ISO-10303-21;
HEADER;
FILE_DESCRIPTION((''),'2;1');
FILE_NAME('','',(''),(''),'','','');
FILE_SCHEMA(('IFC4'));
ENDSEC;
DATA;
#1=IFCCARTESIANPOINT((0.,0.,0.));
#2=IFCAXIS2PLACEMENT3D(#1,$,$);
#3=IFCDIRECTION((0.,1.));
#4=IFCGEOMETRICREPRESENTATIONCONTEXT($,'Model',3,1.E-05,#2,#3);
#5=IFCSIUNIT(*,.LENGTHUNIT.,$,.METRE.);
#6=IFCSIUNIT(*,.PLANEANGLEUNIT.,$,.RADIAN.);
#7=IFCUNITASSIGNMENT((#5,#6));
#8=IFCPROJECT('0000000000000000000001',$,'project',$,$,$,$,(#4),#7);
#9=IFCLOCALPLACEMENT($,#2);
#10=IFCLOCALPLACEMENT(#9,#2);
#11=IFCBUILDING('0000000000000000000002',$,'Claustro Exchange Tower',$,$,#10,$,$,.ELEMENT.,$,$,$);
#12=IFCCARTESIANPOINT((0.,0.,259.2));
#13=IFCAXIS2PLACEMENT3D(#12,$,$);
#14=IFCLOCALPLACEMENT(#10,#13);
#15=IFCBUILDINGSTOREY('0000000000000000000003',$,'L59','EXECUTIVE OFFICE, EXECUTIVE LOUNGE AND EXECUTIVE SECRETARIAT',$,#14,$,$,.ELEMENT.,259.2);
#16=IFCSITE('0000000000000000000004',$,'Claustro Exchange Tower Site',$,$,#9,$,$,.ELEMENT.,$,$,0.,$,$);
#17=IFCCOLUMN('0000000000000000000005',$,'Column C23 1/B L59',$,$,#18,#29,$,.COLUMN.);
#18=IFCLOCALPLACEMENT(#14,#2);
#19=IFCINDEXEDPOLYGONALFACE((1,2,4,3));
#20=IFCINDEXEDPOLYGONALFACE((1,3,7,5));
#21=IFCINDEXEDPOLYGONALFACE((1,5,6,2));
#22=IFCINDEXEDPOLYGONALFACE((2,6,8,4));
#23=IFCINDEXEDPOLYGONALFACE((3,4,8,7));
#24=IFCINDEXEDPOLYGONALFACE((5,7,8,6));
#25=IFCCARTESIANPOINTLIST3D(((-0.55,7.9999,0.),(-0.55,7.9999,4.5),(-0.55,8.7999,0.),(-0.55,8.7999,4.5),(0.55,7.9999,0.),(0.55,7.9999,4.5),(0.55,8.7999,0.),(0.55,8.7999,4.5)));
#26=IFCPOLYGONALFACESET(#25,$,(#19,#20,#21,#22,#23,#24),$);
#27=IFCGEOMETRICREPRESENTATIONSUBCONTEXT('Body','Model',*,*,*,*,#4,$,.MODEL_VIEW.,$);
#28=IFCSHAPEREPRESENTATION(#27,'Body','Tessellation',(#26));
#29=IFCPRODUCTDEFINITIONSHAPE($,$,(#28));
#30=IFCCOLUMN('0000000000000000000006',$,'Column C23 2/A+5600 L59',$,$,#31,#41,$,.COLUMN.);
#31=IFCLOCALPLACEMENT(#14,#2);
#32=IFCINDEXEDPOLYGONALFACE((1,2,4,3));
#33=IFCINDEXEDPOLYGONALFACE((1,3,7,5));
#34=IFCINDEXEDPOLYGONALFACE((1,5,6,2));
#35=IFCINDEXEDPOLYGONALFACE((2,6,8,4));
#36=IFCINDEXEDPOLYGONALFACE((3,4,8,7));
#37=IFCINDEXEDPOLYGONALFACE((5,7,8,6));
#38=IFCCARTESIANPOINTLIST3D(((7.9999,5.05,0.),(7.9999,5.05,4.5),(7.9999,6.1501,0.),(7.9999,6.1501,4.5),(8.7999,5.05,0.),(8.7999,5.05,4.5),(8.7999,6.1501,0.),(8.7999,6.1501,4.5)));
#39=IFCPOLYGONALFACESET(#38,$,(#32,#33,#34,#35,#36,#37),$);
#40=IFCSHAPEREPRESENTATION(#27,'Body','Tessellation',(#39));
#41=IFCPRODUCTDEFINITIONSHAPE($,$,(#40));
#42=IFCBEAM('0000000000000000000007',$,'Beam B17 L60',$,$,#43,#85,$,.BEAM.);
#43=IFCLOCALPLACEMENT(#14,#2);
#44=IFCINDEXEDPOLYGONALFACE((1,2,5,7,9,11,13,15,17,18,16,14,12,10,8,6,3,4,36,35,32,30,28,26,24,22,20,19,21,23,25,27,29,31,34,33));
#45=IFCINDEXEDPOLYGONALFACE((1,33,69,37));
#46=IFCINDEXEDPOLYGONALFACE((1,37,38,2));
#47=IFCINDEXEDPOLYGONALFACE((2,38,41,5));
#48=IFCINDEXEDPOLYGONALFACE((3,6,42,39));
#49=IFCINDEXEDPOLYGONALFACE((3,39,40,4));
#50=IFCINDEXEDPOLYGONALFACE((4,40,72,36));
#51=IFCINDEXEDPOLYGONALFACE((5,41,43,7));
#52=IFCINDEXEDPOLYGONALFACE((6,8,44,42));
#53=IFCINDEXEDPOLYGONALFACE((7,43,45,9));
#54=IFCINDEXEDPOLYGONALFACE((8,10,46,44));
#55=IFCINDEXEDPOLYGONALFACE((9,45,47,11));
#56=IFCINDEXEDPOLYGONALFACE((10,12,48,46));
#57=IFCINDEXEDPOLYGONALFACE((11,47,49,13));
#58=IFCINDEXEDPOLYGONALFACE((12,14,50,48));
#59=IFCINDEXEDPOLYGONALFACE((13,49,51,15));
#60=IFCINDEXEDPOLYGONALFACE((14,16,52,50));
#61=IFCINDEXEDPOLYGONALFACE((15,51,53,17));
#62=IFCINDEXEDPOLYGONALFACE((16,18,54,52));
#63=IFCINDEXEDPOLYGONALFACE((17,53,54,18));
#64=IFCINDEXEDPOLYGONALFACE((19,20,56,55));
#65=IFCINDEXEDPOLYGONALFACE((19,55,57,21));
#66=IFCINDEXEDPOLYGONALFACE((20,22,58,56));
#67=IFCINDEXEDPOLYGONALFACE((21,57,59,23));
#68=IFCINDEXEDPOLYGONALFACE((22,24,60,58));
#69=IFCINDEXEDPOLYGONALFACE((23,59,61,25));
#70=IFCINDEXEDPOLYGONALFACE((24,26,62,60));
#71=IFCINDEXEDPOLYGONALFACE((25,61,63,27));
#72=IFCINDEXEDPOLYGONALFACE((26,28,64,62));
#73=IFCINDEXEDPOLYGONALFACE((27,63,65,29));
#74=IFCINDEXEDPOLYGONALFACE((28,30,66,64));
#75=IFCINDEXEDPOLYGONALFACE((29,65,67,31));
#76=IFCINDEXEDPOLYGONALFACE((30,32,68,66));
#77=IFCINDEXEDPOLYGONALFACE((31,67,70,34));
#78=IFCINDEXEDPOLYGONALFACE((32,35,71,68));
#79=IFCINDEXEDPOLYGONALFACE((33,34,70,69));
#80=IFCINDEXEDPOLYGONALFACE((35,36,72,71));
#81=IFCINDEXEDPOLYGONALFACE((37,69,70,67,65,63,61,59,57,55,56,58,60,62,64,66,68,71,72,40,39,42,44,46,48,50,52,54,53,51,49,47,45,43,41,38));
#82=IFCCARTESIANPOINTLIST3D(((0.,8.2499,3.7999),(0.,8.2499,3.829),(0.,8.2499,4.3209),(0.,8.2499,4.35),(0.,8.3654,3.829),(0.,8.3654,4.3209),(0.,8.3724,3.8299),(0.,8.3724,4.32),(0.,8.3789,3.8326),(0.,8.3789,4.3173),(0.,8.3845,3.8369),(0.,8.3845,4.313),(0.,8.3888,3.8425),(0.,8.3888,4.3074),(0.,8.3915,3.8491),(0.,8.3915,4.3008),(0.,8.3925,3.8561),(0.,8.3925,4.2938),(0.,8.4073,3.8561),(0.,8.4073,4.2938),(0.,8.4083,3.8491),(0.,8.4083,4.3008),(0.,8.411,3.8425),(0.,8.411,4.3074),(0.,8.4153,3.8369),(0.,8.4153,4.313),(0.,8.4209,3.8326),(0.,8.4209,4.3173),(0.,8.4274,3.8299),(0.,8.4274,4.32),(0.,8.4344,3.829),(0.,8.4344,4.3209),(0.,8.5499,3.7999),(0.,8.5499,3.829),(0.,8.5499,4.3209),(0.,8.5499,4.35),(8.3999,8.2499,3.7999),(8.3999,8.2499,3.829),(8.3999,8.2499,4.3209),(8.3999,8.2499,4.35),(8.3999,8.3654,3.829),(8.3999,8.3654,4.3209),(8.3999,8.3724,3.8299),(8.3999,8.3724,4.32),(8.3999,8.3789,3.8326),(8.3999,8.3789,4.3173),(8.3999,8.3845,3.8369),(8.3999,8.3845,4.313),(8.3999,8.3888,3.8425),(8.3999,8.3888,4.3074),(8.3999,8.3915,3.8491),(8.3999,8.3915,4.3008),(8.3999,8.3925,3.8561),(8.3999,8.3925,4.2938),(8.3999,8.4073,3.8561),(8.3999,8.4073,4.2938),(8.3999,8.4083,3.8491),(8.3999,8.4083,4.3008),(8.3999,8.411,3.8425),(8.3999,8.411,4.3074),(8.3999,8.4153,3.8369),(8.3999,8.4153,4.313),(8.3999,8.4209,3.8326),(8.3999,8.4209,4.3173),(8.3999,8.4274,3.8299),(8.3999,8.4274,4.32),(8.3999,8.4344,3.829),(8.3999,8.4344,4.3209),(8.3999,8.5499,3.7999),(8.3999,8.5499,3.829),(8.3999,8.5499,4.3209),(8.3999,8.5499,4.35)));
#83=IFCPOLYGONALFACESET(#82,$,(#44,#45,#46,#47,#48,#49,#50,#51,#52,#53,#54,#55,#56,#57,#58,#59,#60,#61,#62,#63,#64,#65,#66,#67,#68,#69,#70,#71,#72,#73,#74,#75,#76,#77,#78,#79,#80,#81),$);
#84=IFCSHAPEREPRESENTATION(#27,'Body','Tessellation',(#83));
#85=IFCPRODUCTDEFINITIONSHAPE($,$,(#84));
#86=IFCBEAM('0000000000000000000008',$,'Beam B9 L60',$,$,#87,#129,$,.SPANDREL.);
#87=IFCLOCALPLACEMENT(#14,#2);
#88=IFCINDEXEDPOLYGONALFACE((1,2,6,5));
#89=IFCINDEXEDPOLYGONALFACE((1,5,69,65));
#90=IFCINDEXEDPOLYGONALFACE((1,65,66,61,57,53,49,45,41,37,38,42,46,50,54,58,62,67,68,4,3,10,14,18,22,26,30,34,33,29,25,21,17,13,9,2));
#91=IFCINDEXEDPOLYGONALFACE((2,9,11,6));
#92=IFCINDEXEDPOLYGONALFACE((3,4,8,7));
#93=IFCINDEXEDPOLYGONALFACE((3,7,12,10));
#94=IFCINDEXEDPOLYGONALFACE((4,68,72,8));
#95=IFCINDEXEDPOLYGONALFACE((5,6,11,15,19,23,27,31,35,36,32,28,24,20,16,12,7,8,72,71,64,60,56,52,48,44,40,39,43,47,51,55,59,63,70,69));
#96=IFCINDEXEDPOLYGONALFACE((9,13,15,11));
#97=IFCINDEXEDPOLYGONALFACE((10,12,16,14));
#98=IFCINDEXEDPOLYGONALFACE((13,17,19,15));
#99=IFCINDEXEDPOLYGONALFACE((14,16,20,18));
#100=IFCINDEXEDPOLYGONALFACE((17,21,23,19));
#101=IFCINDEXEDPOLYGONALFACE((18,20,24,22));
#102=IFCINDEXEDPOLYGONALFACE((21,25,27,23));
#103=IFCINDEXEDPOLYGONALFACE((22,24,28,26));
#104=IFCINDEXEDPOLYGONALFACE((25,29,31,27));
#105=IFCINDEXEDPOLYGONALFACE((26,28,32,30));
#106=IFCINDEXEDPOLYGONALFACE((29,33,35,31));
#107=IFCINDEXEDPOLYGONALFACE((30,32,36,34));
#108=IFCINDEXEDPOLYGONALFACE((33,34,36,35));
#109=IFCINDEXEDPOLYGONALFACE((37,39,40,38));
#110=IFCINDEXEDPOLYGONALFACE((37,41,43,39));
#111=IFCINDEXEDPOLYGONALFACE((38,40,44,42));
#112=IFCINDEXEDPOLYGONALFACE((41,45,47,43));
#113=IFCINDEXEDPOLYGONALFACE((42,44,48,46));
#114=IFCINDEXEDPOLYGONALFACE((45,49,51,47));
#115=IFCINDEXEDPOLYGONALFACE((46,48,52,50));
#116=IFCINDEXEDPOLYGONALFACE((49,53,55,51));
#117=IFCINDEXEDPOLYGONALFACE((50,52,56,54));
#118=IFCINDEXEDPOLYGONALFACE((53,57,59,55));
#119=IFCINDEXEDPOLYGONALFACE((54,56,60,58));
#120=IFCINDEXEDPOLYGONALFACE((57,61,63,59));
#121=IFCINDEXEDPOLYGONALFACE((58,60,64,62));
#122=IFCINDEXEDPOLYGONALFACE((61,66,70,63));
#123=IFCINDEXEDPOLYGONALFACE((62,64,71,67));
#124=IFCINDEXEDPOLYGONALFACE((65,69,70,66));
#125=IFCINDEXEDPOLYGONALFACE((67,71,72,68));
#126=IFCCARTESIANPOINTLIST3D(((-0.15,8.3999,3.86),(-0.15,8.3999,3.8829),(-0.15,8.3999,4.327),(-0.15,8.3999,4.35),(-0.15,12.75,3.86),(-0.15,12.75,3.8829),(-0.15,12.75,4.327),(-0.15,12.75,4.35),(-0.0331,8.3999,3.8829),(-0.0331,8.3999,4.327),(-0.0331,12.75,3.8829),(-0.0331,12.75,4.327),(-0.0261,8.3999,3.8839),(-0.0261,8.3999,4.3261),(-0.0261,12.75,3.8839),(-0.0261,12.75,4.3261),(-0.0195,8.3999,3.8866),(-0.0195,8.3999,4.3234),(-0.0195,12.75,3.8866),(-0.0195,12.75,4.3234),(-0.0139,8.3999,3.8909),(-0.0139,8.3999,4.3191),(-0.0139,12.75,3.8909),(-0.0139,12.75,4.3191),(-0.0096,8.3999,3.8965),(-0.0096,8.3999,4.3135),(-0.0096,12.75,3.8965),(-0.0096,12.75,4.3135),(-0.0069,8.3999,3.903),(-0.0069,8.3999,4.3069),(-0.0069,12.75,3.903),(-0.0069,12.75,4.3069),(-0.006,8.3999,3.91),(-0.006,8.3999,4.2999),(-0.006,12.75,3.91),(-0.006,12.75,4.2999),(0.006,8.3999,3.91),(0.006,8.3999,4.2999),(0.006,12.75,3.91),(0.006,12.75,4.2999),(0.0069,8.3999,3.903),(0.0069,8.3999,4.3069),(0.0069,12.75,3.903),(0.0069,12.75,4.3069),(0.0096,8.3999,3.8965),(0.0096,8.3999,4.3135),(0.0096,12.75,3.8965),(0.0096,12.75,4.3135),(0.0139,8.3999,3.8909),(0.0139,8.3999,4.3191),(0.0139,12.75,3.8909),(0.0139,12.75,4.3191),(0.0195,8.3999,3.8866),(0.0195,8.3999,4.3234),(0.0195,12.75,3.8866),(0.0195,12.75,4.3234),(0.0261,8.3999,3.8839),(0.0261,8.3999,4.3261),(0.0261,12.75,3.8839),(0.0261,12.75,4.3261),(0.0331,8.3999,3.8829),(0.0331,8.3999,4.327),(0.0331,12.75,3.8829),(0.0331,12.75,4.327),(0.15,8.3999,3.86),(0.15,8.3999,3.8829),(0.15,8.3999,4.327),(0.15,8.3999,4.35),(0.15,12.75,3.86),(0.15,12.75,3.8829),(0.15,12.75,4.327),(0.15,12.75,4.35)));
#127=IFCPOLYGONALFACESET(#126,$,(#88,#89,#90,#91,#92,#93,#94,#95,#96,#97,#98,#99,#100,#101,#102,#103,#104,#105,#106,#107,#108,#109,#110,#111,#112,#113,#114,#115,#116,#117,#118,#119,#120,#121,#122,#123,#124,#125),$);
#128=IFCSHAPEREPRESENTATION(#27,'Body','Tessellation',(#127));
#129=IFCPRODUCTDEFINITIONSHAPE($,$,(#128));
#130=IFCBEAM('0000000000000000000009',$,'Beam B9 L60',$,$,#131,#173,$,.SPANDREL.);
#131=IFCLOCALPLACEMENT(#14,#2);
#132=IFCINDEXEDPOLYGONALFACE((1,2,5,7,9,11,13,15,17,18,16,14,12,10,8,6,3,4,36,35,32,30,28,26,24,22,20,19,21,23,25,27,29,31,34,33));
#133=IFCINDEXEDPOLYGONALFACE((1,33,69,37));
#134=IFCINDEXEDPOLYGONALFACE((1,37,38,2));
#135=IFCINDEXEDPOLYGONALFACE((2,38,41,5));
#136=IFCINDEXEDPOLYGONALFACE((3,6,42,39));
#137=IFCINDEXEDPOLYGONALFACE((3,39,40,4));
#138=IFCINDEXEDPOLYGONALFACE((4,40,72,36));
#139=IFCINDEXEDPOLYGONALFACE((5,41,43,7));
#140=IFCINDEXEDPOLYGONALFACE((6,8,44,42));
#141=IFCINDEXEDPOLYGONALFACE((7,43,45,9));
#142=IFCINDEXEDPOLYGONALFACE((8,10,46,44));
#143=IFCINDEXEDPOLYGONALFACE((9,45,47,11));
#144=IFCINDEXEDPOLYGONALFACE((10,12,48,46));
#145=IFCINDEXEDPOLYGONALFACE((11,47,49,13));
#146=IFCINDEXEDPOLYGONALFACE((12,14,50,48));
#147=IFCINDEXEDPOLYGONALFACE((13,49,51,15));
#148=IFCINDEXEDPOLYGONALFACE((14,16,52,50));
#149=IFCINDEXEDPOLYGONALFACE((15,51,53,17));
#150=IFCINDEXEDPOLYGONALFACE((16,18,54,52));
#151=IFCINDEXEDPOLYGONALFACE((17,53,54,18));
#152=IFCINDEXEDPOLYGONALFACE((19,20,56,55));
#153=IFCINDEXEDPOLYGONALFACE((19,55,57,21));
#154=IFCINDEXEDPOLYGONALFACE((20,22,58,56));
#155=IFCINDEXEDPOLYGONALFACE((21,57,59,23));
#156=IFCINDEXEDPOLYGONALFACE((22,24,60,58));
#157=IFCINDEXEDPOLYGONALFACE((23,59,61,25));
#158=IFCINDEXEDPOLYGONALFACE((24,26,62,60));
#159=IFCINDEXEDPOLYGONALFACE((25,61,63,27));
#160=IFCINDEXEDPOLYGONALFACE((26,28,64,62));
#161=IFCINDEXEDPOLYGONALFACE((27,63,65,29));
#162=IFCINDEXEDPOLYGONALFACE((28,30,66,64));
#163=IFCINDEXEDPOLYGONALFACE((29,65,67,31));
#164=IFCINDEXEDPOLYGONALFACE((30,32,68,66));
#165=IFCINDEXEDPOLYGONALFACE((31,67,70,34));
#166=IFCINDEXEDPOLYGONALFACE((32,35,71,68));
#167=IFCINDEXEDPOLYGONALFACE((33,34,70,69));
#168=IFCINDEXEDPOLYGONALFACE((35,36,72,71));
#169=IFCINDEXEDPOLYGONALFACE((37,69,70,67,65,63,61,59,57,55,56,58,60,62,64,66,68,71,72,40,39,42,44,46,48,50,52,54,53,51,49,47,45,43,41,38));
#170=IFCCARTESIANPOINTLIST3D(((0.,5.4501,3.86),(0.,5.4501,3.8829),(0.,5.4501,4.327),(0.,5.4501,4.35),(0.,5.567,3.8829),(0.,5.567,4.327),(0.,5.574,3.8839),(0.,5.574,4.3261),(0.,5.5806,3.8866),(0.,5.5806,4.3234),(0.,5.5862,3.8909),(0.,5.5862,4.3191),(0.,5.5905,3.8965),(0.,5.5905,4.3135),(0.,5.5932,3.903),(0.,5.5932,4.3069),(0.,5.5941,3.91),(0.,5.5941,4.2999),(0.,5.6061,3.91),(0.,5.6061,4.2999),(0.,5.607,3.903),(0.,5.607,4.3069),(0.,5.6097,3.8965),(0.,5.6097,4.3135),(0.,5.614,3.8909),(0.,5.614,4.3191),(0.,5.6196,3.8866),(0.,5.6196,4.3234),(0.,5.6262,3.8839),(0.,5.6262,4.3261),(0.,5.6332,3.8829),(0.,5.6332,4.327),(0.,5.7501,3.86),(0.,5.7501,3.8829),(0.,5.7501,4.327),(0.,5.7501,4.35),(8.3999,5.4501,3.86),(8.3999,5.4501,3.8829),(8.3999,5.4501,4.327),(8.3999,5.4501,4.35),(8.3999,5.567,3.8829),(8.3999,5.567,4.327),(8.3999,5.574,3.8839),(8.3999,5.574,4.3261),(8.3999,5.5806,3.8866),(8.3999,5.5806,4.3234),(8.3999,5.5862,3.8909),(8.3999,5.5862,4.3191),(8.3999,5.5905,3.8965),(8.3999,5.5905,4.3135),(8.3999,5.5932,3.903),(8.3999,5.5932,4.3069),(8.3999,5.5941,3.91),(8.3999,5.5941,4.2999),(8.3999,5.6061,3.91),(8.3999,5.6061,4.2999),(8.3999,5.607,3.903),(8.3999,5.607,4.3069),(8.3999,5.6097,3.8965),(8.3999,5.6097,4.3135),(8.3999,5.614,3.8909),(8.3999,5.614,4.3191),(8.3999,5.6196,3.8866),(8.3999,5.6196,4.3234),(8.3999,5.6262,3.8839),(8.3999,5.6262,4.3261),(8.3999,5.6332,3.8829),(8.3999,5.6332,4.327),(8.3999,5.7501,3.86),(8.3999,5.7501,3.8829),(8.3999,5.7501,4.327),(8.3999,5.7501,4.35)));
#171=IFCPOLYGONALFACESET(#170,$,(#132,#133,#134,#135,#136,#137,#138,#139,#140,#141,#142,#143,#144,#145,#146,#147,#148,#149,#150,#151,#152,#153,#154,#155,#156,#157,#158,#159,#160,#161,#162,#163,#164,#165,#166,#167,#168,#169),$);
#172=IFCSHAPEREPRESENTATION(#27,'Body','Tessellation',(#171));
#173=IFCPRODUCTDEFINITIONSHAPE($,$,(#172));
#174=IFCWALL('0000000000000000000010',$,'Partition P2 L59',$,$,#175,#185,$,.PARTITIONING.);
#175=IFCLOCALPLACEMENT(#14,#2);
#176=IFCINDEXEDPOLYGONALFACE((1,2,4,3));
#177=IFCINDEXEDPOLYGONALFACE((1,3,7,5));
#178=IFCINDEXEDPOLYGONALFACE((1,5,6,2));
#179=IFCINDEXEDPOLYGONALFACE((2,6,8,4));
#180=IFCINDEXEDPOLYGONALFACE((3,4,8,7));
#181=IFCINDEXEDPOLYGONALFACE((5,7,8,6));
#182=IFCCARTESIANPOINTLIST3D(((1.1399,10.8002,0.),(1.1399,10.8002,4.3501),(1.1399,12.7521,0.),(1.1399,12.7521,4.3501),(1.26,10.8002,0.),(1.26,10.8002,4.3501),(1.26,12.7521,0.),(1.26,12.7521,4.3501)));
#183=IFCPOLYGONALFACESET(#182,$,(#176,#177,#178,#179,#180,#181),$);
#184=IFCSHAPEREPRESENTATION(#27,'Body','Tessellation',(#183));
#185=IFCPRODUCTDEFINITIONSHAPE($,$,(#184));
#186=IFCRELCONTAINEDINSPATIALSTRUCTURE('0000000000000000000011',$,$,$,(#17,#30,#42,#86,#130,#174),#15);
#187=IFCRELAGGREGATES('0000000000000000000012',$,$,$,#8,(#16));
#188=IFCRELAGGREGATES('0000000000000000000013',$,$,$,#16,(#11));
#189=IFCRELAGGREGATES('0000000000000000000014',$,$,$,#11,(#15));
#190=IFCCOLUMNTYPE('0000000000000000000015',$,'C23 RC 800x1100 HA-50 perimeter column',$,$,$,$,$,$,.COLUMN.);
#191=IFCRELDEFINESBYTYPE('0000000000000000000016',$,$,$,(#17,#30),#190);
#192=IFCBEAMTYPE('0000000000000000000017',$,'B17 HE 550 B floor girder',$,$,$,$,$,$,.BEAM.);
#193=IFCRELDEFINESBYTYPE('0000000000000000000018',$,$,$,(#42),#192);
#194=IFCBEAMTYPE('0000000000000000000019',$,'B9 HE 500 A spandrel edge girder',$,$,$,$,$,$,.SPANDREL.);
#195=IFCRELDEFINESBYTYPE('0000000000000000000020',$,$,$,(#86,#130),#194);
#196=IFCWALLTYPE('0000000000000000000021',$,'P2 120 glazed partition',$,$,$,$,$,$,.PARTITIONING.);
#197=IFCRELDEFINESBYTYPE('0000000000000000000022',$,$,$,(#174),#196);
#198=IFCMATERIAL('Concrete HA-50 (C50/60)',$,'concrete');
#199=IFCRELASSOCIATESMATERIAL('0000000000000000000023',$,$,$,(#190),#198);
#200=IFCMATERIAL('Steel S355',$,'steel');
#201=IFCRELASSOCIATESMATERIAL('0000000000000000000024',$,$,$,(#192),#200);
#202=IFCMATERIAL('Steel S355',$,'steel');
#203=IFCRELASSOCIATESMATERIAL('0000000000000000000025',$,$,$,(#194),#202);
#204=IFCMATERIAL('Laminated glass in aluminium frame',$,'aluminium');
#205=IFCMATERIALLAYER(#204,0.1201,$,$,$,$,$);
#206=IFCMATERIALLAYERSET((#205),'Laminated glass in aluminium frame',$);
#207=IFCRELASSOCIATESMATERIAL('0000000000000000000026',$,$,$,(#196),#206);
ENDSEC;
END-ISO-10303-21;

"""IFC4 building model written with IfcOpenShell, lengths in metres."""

from ifc_helpers import new_model, si_unit, direction, frame, frame_2d, origin, origin_2d, place, context, subcontext, project, spatial, rectangle, i_section, extrude, material, layer, layer_set, material_profile, profile_set, type_object, element, save


model = new_model("IFC4")

# Units and contexts
model_context = context("Model", 3, precision=1e-05, world=origin(), true_north=direction((0.0, 1.0)))
body_context = subcontext(model_context, "Body", "Model", "MODEL_VIEW")
ifc_project = project(units=[si_unit("LENGTHUNIT", "METRE"), si_unit("PLANEANGLEUNIT", "RADIAN")], contexts=[model_context])

# Site, building, storey
site_placement = place(None, origin())
site = spatial("IfcSite", under=ifc_project, at=site_placement, Name="Claustro Exchange Tower Site", CompositionType="ELEMENT", RefElevation=0.0)
building_placement = place(site_placement, origin())
building = spatial("IfcBuilding", under=site, at=building_placement, Name="Claustro Exchange Tower", CompositionType="ELEMENT")
storey_placement = place(building_placement, frame((0.0, 0.0, 259.2)))
storey = spatial("IfcBuildingStorey", under=building, at=storey_placement, Name="L59", Description="EXECUTIVE OFFICE, EXECUTIVE LOUNGE AND EXECUTIVE SECRETARIAT", CompositionType="ELEMENT", Elevation=259.2)

# Columns
ifc_material_1 = material(Name="Concrete HA-50 (C50/60)", Category="concrete")
ifc_material_profile_1 = material_profile(ifc_material_1, rectangle(XDim=0.8, YDim=1.1001, at=origin_2d()), Name="RC 800x1100")
ifc_profile_set_1 = profile_set([ifc_material_profile_1], Name="Concrete HA-50 (C50/60)")
column_type = type_object("IfcColumnType", Name="C23 RC 800x1100 HA-50 perimeter column", PredefinedType="COLUMN", material=ifc_profile_set_1)
for number, where, z_axis, x_axis, name in (
    (1, (0.0, 8.3999, 0.0), (0.0, 0.0, 1.0), (0.0, 1.0, 0.0), "Column C23 1/B L59"),
    (2, (8.3999, 5.6001, 0.0), (0.0, 0.0, 1.0), (1.0, 0.0, 0.0), "Column C23 2/A+5600 L59"),
):
    element("IfcColumn", number, at=place(storey_placement, frame(where, z_axis=z_axis, x_axis=x_axis)), inside=storey, type_object=column_type, Name=name, PredefinedType="COLUMN", context=body_context, shape_type="SweptSolid", body=[
        extrude(rectangle(XDim=0.8, YDim=1.1001, at=origin_2d()), origin(), (0.0, 0.0, 1.0), 4.5),
    ])

# Beams
ifc_material_2 = material(Name="Steel S355", Category="steel")
ifc_material_profile_2 = material_profile(ifc_material_2, i_section(OverallWidth=0.3, OverallDepth=0.55, WebThickness=0.0149, FlangeThickness=0.0291, FilletRadius=0.0271, at=origin_2d()), Name="HE 550 B")
ifc_profile_set_2 = profile_set([ifc_material_profile_2], Name="Steel S355")
beam_type_1 = type_object("IfcBeamType", Name="B17 HE 550 B floor girder", PredefinedType="BEAM", material=ifc_profile_set_2)
beam_1_placement = place(storey_placement, frame((0.0, 8.3999, 4.075), z_axis=(1.0, 0.0, 0.0), x_axis=(0.0, 1.0, 0.0)))
element("IfcBeam", 3, at=beam_1_placement, inside=storey, type_object=beam_type_1, Name="Beam B17 L60", PredefinedType="BEAM", context=body_context, shape_type="SweptSolid", body=[
    extrude(i_section(OverallWidth=0.3, OverallDepth=0.55, WebThickness=0.0149, FlangeThickness=0.0291, FilletRadius=0.0271, at=origin_2d()), origin(), (0.0, 0.0, 1.0), 8.3999),
])
ifc_material_3 = material(Name="Steel S355", Category="steel")
ifc_material_profile_3 = material_profile(ifc_material_3, i_section(OverallWidth=0.3, OverallDepth=0.49, WebThickness=0.012, FlangeThickness=0.0229, FilletRadius=0.0271, at=origin_2d()), Name="HE 500 A")
ifc_profile_set_3 = profile_set([ifc_material_profile_3], Name="Steel S355")
beam_type_2 = type_object("IfcBeamType", Name="B9 HE 500 A spandrel edge girder", PredefinedType="SPANDREL", material=ifc_profile_set_3)
beam_2_placement = place(storey_placement, frame((0.0, 8.3999, 4.105), z_axis=(0.0, 1.0, 0.0), x_axis=(-1.0, 0.0, 0.0)))
element("IfcBeam", 4, at=beam_2_placement, inside=storey, type_object=beam_type_2, Name="Beam B9 L60", PredefinedType="SPANDREL", context=body_context, shape_type="SweptSolid", body=[
    extrude(i_section(OverallWidth=0.3, OverallDepth=0.49, WebThickness=0.012, FlangeThickness=0.0229, FilletRadius=0.0271, at=origin_2d()), origin(), (0.0, 0.0, 1.0), 4.3501),
])
beam_3_placement = place(storey_placement, frame((0.0, 5.6001, 4.105), z_axis=(1.0, 0.0, 0.0), x_axis=(0.0, 1.0, 0.0)))
element("IfcBeam", 5, at=beam_3_placement, inside=storey, type_object=beam_type_2, Name="Beam B9 L60", PredefinedType="SPANDREL", context=body_context, shape_type="SweptSolid", body=[
    extrude(i_section(OverallWidth=0.3, OverallDepth=0.49, WebThickness=0.012, FlangeThickness=0.0229, FilletRadius=0.0271, at=origin_2d()), origin(), (0.0, 0.0, 1.0), 8.3999),
])

# Wall
ifc_material_4 = material(Name="Laminated glass in aluminium frame", Category="aluminium")
ifc_layer_1 = layer(ifc_material_4, 0.1201)
ifc_layer_set_1 = layer_set([ifc_layer_1], Name="Laminated glass in aluminium frame")
wall_type_1 = type_object("IfcWallType", Name="P2 120 glazed partition", PredefinedType="PARTITIONING", material=ifc_layer_set_1)
wall_1_placement = place(storey_placement, frame((1.2, 10.8, 0.0), z_axis=(0.0, 0.0, 1.0), x_axis=(0.0, 1.0, 0.0)))
element("IfcWall", 6, at=wall_1_placement, inside=storey, type_object=wall_type_1, Name="Partition P2 L59", PredefinedType="PARTITIONING", context=body_context, shape_type="SweptSolid", body=[
    extrude(rectangle(XDim=1.9519, YDim=0.1201, at=frame_2d((0.9761, 0.0))), origin(), (0.0, 0.0, 1.0), 4.3501),
])

save(model, "model.ifc")
